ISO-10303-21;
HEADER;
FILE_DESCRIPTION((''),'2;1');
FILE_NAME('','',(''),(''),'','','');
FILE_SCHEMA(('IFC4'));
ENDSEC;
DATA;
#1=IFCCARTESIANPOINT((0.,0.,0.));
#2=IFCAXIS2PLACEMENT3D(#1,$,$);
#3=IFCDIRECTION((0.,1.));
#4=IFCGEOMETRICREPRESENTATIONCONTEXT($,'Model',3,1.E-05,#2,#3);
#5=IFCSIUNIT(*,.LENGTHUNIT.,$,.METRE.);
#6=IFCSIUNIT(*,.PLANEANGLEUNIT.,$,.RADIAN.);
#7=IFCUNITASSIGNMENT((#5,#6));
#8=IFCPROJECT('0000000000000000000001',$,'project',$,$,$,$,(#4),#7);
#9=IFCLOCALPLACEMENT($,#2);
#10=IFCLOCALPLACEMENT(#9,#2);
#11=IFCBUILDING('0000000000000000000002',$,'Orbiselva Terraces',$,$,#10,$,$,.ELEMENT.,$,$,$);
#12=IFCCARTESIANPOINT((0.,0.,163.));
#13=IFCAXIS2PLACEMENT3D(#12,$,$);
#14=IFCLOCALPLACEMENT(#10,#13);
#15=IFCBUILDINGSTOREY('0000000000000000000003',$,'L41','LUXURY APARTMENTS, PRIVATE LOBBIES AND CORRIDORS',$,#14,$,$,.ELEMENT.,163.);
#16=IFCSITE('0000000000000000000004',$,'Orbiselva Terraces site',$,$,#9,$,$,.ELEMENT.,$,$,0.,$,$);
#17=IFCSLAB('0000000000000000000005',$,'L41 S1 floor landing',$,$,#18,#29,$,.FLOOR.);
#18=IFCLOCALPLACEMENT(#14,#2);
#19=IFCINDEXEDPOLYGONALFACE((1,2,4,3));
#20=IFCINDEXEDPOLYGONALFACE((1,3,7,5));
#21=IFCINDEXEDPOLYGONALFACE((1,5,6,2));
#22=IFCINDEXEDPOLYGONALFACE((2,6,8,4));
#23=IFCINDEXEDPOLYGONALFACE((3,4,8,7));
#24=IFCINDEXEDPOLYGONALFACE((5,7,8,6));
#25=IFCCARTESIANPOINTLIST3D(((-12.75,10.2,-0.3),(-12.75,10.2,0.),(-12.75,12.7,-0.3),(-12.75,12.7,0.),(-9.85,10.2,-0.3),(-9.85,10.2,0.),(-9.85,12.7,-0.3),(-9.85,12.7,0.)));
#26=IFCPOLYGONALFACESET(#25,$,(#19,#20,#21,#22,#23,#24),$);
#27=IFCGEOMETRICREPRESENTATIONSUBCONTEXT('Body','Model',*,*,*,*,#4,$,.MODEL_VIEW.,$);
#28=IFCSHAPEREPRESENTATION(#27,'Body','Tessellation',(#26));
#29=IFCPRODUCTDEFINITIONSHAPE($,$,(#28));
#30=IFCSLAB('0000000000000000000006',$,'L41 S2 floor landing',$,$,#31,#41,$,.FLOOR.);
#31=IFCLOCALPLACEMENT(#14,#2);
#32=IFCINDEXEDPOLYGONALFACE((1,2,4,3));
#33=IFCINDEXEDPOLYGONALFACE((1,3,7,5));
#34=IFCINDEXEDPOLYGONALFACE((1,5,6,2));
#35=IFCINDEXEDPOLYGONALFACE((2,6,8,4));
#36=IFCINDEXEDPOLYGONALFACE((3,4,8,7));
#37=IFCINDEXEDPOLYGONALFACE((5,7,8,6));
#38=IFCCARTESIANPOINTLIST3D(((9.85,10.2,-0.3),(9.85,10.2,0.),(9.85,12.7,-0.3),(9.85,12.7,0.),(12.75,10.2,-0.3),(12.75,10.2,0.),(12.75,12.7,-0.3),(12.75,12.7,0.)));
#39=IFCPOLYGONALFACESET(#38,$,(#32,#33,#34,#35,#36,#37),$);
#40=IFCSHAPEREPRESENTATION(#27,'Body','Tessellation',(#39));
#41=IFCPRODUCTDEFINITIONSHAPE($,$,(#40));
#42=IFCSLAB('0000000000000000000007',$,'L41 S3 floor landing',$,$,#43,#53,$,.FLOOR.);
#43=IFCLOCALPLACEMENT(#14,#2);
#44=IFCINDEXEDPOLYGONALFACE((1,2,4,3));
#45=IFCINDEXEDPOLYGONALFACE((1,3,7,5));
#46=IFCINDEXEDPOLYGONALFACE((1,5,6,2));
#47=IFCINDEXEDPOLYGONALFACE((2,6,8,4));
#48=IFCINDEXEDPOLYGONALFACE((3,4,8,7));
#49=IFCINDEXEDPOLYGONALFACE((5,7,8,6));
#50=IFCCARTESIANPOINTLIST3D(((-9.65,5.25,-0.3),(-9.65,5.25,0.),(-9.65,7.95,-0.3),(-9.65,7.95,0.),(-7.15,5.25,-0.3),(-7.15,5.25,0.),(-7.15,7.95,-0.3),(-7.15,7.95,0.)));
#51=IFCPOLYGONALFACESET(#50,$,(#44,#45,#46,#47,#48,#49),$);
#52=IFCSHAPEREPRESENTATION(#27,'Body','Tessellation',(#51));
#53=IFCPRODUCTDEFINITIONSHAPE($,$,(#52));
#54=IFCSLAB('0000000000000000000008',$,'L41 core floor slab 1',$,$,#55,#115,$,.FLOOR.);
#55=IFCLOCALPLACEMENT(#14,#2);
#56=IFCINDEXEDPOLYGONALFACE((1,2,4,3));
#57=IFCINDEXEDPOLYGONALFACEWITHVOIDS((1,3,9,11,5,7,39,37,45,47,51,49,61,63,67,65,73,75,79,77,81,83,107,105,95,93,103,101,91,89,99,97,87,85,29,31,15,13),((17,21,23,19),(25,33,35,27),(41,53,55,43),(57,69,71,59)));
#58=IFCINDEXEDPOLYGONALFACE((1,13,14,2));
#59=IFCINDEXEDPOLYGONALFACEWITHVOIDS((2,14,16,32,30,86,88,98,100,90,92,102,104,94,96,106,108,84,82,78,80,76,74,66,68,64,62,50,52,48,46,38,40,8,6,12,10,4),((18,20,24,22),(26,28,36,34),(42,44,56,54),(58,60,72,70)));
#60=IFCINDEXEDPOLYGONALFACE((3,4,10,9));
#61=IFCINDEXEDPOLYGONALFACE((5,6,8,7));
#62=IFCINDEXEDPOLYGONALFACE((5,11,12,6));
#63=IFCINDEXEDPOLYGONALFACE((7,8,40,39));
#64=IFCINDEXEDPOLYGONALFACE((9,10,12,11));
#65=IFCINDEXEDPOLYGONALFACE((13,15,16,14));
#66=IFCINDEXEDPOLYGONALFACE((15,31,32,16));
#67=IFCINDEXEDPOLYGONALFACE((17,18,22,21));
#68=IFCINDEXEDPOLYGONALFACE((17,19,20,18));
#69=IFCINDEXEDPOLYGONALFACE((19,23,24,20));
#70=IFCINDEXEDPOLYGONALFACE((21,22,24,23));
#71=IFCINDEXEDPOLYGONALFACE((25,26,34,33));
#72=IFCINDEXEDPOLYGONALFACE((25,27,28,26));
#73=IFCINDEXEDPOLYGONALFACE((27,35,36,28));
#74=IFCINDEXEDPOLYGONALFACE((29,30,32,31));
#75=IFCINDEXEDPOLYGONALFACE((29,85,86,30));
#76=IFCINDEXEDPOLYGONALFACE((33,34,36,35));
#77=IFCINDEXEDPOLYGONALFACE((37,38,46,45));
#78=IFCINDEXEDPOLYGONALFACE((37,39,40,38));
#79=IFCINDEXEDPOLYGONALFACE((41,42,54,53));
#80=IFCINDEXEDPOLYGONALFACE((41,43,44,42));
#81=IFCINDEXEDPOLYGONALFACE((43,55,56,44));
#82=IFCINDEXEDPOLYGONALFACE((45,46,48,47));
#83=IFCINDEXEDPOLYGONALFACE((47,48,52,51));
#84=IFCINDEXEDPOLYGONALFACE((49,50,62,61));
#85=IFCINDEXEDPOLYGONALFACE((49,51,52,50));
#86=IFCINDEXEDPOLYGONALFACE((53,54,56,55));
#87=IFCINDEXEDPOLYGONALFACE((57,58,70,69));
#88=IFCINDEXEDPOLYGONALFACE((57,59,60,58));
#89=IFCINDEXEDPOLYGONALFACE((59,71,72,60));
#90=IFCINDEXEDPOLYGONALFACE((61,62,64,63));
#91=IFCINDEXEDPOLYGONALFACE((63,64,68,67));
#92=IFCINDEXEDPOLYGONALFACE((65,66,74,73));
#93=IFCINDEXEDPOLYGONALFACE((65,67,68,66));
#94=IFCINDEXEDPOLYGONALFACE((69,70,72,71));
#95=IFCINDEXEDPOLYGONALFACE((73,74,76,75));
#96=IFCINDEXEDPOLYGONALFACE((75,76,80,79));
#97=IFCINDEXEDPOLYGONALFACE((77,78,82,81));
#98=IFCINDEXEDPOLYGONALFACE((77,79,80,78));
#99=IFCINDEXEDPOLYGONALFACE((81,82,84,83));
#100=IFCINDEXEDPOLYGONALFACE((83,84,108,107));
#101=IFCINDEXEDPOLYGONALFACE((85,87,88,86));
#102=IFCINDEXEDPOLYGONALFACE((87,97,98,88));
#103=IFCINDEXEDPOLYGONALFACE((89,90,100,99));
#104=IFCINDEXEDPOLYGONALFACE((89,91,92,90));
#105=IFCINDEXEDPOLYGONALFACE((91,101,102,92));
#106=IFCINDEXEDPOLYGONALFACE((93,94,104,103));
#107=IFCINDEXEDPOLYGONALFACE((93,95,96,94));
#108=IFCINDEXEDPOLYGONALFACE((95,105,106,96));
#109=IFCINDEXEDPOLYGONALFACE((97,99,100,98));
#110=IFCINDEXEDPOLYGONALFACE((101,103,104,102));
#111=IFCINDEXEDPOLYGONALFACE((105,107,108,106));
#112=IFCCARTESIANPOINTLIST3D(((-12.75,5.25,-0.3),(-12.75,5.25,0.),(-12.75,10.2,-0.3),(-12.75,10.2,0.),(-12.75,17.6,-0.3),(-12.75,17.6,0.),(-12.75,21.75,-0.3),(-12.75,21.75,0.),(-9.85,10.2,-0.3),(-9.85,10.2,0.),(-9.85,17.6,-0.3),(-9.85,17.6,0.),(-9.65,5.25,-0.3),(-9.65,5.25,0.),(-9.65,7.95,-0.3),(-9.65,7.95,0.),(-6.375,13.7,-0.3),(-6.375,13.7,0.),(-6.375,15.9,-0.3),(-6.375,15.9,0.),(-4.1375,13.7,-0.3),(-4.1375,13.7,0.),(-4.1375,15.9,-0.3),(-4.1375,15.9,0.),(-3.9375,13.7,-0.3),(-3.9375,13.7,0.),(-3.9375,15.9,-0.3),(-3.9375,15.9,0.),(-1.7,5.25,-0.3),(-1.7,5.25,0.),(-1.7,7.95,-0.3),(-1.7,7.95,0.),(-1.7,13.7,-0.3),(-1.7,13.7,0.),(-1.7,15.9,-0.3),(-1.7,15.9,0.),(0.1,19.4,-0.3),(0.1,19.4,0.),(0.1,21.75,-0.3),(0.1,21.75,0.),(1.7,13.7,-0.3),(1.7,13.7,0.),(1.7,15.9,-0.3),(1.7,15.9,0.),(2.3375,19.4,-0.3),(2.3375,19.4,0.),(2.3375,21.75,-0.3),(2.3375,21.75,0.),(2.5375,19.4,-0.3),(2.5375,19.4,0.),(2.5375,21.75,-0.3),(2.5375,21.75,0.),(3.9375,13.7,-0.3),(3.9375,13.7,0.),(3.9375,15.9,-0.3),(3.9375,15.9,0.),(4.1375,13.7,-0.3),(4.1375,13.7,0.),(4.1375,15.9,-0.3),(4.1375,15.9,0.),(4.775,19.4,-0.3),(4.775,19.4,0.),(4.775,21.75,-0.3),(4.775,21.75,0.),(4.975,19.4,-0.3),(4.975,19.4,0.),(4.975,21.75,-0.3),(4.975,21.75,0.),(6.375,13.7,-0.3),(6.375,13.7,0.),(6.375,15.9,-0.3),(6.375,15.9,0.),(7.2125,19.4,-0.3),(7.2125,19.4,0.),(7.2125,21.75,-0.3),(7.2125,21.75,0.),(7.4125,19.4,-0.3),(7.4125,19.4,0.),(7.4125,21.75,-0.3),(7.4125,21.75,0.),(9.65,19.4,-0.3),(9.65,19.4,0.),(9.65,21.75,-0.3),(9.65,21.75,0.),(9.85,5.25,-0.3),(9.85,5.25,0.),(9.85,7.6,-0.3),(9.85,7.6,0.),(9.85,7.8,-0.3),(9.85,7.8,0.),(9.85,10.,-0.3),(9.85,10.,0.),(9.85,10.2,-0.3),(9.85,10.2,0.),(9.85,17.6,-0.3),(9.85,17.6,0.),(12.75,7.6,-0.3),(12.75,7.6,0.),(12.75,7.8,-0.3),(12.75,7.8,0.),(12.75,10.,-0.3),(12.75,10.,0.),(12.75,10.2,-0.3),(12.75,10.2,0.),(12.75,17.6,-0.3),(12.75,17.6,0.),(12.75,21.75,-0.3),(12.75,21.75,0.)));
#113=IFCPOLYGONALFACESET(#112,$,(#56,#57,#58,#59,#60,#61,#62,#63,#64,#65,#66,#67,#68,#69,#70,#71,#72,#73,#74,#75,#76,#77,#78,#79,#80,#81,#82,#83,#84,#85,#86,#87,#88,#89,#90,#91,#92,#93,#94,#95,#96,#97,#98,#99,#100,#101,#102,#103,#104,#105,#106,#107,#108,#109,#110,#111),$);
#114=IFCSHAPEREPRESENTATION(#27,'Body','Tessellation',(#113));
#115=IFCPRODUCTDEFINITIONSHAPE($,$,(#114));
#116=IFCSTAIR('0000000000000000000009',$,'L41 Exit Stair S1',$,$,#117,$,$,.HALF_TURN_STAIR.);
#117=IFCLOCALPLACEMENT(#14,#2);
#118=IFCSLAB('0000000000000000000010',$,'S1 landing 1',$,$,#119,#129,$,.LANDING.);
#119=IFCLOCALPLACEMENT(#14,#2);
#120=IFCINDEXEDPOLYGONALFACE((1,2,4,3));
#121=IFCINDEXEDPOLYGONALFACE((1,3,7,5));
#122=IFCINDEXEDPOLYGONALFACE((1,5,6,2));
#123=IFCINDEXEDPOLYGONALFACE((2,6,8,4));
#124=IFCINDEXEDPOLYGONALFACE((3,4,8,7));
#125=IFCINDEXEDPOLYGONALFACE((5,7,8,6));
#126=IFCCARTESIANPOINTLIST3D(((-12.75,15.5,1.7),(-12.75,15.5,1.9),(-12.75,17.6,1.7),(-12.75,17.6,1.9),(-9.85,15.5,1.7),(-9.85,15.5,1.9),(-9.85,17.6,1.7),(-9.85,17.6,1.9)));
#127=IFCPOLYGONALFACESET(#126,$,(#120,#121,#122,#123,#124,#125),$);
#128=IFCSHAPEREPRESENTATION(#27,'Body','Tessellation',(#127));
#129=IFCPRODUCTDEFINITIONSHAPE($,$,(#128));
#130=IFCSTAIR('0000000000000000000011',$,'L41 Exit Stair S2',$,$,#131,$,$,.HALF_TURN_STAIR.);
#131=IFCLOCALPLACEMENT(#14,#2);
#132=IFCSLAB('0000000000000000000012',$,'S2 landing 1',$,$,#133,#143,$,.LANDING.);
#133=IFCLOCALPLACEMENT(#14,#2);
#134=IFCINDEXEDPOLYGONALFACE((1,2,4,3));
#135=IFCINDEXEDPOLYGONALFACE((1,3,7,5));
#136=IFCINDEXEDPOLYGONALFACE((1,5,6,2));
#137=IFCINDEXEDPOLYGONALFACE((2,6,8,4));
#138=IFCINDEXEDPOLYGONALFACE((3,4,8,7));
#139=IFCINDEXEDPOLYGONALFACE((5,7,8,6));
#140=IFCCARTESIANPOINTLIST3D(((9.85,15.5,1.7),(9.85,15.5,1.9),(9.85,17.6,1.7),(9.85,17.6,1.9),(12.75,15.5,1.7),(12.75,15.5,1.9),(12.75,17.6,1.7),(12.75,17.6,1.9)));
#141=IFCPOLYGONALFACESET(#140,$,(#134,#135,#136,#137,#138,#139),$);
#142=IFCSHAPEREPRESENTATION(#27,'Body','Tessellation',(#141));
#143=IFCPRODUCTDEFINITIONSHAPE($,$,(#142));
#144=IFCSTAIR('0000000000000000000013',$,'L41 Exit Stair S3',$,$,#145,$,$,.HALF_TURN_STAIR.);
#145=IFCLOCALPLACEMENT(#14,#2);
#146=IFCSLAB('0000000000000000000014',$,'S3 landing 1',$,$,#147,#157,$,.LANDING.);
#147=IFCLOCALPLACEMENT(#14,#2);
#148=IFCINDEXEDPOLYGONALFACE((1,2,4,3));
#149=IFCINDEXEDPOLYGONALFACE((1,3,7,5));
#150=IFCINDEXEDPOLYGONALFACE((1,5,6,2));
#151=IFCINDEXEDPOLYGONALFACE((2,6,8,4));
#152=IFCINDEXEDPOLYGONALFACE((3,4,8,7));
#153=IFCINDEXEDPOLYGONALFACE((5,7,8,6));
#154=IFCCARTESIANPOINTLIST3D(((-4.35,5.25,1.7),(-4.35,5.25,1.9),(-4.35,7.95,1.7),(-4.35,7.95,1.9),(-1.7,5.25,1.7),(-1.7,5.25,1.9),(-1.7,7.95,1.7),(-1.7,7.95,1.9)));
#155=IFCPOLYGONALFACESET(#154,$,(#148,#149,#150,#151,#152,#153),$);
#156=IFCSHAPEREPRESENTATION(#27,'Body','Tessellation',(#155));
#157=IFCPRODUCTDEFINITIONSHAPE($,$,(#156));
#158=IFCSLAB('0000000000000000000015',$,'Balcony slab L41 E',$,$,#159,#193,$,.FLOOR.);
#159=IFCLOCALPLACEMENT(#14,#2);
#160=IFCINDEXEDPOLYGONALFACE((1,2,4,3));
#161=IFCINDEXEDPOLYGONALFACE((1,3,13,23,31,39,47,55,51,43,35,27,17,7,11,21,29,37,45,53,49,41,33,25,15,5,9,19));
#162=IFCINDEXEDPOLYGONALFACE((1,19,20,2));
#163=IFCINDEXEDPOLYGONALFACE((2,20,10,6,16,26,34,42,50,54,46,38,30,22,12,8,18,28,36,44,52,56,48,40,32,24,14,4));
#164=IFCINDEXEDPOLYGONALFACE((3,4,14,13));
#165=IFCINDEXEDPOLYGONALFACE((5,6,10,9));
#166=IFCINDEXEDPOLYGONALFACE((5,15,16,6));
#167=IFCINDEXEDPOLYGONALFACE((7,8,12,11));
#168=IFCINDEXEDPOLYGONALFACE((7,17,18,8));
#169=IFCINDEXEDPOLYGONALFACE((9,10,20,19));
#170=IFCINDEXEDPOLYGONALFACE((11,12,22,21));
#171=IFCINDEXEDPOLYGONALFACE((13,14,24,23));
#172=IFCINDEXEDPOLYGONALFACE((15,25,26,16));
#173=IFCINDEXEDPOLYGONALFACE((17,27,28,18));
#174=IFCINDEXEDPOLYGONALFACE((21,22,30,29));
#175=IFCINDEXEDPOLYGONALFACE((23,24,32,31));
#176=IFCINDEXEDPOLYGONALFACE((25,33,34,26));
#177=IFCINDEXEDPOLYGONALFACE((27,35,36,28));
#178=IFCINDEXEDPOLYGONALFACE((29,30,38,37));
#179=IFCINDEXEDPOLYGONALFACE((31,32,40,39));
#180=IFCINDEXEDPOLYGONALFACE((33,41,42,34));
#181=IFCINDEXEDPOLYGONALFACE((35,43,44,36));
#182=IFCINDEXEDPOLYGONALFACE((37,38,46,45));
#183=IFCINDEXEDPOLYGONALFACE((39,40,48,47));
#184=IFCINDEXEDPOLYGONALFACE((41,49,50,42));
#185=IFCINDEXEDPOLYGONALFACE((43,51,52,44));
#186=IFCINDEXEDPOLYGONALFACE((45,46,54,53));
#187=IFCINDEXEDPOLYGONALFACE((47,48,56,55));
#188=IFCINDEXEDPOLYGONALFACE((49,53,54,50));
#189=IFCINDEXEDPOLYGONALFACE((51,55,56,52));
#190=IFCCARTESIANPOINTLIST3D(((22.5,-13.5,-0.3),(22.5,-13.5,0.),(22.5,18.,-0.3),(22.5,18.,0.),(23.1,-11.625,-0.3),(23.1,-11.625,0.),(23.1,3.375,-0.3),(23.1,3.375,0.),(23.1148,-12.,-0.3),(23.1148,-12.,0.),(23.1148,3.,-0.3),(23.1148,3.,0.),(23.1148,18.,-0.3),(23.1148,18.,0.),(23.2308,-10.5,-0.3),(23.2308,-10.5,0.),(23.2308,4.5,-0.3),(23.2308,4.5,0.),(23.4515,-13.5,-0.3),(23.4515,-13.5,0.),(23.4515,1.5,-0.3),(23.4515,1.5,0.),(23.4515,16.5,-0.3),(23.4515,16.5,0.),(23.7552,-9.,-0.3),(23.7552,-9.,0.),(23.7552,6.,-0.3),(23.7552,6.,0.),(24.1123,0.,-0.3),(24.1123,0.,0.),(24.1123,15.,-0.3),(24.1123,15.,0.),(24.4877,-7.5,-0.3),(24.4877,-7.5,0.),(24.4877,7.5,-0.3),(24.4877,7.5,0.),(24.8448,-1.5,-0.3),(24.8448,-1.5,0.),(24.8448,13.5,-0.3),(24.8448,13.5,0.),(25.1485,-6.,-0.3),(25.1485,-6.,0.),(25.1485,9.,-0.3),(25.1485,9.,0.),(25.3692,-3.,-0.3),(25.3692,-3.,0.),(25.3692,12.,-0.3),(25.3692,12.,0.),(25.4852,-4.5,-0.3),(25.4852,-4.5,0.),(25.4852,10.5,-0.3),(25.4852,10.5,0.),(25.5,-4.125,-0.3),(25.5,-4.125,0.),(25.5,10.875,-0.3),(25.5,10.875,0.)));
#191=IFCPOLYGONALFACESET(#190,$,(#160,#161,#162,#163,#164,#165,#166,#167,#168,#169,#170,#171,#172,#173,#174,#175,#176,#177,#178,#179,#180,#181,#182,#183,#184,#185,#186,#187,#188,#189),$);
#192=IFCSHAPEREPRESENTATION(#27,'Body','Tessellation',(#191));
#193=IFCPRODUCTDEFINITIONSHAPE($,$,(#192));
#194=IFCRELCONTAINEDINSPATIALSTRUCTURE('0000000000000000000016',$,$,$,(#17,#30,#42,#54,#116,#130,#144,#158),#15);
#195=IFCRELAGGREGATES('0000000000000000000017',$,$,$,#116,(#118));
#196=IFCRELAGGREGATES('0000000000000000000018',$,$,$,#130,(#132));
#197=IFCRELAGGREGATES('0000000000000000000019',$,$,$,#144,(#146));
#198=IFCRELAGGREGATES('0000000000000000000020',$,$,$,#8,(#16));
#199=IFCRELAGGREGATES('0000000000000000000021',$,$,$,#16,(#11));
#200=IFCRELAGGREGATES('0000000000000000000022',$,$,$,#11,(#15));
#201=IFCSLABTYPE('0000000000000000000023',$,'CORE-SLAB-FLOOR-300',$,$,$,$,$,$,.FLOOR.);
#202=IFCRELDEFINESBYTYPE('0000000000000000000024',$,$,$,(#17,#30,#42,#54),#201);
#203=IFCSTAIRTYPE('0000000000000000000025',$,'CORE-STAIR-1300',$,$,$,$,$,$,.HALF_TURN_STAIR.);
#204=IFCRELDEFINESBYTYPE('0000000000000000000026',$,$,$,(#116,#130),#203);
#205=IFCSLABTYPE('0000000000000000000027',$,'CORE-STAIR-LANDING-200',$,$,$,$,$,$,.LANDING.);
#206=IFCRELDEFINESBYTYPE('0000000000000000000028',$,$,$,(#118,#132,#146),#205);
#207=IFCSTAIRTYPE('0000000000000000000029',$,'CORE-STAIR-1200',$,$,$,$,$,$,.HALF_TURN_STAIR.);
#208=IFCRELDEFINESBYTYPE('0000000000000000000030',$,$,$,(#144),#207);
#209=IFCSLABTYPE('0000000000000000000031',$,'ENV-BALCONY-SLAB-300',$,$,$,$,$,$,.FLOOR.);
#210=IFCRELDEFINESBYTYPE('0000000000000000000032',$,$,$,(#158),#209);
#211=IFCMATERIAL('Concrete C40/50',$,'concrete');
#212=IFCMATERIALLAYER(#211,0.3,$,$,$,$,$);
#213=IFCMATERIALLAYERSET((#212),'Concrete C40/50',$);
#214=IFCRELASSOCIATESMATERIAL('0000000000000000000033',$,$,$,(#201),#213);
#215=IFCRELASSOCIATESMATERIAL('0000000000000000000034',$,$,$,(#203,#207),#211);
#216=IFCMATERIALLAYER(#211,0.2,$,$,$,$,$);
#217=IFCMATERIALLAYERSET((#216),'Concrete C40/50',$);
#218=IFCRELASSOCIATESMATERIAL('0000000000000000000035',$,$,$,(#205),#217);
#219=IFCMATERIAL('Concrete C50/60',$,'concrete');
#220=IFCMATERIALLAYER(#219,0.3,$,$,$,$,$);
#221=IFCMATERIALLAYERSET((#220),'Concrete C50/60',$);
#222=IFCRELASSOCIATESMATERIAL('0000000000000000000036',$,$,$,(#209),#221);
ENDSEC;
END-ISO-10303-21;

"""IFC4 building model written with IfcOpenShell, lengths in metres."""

from ifc_helpers import new_model, si_unit, direction, frame, origin, place, context, subcontext, project, spatial, polyline, outline, extrude, material, layer, layer_set, type_object, element, aggregate, save


model = new_model("IFC4")

# Units and contexts
model_context = context("Model", 3, precision=1e-05, world=origin(), true_north=direction((0.0, 1.0)))
body_context = subcontext(model_context, "Body", "Model", "MODEL_VIEW")
ifc_project = project(units=[si_unit("LENGTHUNIT", "METRE"), si_unit("PLANEANGLEUNIT", "RADIAN")], contexts=[model_context])

# Site, building, storey
site_placement = place(None, origin())
site = spatial("IfcSite", under=ifc_project, at=site_placement, Name="Orbiselva Terraces site", CompositionType="ELEMENT", RefElevation=0.0)
building_placement = place(site_placement, origin())
building = spatial("IfcBuilding", under=site, at=building_placement, Name="Orbiselva Terraces", CompositionType="ELEMENT")
storey_placement = place(building_placement, frame((0.0, 0.0, 163.0)))
storey = spatial("IfcBuildingStorey", under=building, at=storey_placement, Name="L41", Description="LUXURY APARTMENTS, PRIVATE LOBBIES AND CORRIDORS", CompositionType="ELEMENT", Elevation=163.0)

# Slabs
ifc_material_1 = material(Name="Concrete C40/50", Category="concrete")
ifc_layer_1 = layer(ifc_material_1, 0.3)
ifc_layer_set_1 = layer_set([ifc_layer_1], Name="Concrete C40/50")
slab_type_1 = type_object("IfcSlabType", Name="CORE-SLAB-FLOOR-300", PredefinedType="FLOOR", material=ifc_layer_set_1)
slab_1_placement = place(storey_placement, frame((0.0, 0.0, -0.3)))
element("IfcSlab", 1, at=slab_1_placement, inside=storey, type_object=slab_type_1, Name="L41 S1 floor landing", PredefinedType="FLOOR", context=body_context, shape_type="SweptSolid", body=[
    extrude(outline(polyline([(-12.75, 12.7), (-9.85, 12.7), (-9.85, 10.2), (-12.75, 10.2), (-12.75, 12.7)])), origin(), (0.0, 0.0, 1.0), 0.3),
])
slab_2_placement = place(storey_placement, frame((0.0, 0.0, -0.3)))
element("IfcSlab", 2, at=slab_2_placement, inside=storey, type_object=slab_type_1, Name="L41 S2 floor landing", PredefinedType="FLOOR", context=body_context, shape_type="SweptSolid", body=[
    extrude(outline(polyline([(12.75, 12.7), (12.75, 10.2), (9.85, 10.2), (9.85, 12.7), (12.75, 12.7)])), origin(), (0.0, 0.0, 1.0), 0.3),
])
slab_3_placement = place(storey_placement, frame((0.0, 0.0, -0.3)))
element("IfcSlab", 3, at=slab_3_placement, inside=storey, type_object=slab_type_1, Name="L41 S3 floor landing", PredefinedType="FLOOR", context=body_context, shape_type="SweptSolid", body=[
    extrude(outline(polyline([(-7.15, 5.25), (-9.65, 5.25), (-9.65, 7.95), (-7.15, 7.95), (-7.15, 5.25)])), origin(), (0.0, 0.0, 1.0), 0.3),
])
slab_4_placement = place(storey_placement, frame((0.0, 0.0, -0.3)))
element("IfcSlab", 4, at=slab_4_placement, inside=storey, type_object=slab_type_1, Name="L41 core floor slab 1", PredefinedType="FLOOR", context=body_context, shape_type="SweptSolid", body=[
    extrude(outline(polyline([(-1.7, 5.25), (-1.7, 7.95), (-9.65, 7.95), (-9.65, 5.25), (-12.75, 5.25), (-12.75, 10.2), (-9.85, 10.2), (-9.85, 17.6), (-12.75, 17.6), (-12.75, 21.75), (0.1, 21.75), (0.1, 19.4), (2.3375, 19.4), (2.3375, 21.75), (2.5375, 21.75), (2.5375, 19.4), (4.775, 19.4), (4.775, 21.75), (4.975, 21.75), (4.975, 19.4), (7.2125, 19.4), (7.2125, 21.75), (7.4125, 21.75), (7.4125, 19.4), (9.65, 19.4), (9.65, 21.75), (12.75, 21.75), (12.75, 17.6), (9.85, 17.6), (9.85, 10.2), (12.75, 10.2), (12.75, 10.0), (9.85, 10.0), (9.85, 7.8), (12.75, 7.8), (12.75, 7.6), (9.85, 7.6), (9.85, 5.25), (-1.7, 5.25)]), holes=[polyline([(-4.1375, 13.7), (-4.1375, 15.9), (-6.375, 15.9), (-6.375, 13.7), (-4.1375, 13.7)]), polyline([(-1.7, 13.7), (-1.7, 15.9), (-3.9375, 15.9), (-3.9375, 13.7), (-1.7, 13.7)]), polyline([(3.9375, 15.9), (1.7, 15.9), (1.7, 13.7), (3.9375, 13.7), (3.9375, 15.9)]), polyline([(6.375, 13.7), (6.375, 15.9), (4.1375, 15.9), (4.1375, 13.7), (6.375, 13.7)])]), origin(), (0.0, 0.0, 1.0), 0.3),
])

# Stairs, slabs
stair_type_1 = type_object("IfcStairType", Name="CORE-STAIR-1300", PredefinedType="HALF_TURN_STAIR", material=ifc_material_1)
stair_1_placement = place(storey_placement, origin())
stair_1 = element("IfcStair", 5, at=stair_1_placement, inside=storey, type_object=stair_type_1, Name="L41 Exit Stair S1", PredefinedType="HALF_TURN_STAIR")
ifc_layer_2 = layer(ifc_material_1, 0.2)
ifc_layer_set_2 = layer_set([ifc_layer_2], Name="Concrete C40/50")
slab_type_2 = type_object("IfcSlabType", Name="CORE-STAIR-LANDING-200", PredefinedType="LANDING", material=ifc_layer_set_2)
slab_5_placement = place(storey_placement, frame((0.0, 0.0, 1.7)))
slab_5 = element("IfcSlab", 6, at=slab_5_placement, type_object=slab_type_2, Name="S1 landing 1", PredefinedType="LANDING", context=body_context, shape_type="SweptSolid", body=[
    extrude(outline(polyline([(-9.85, 15.5), (-9.85, 17.6), (-12.75, 17.6), (-12.75, 15.5), (-9.85, 15.5)])), origin(), (0.0, 0.0, 1.0), 0.2),
])
aggregate(stair_1, [slab_5])
stair_2_placement = place(storey_placement, origin())
stair_2 = element("IfcStair", 7, at=stair_2_placement, inside=storey, type_object=stair_type_1, Name="L41 Exit Stair S2", PredefinedType="HALF_TURN_STAIR")
slab_6_placement = place(storey_placement, frame((0.0, 0.0, 1.7)))
slab_6 = element("IfcSlab", 8, at=slab_6_placement, type_object=slab_type_2, Name="S2 landing 1", PredefinedType="LANDING", context=body_context, shape_type="SweptSolid", body=[
    extrude(outline(polyline([(12.75, 15.5), (12.75, 17.6), (9.85, 17.6), (9.85, 15.5), (12.75, 15.5)])), origin(), (0.0, 0.0, 1.0), 0.2),
])
aggregate(stair_2, [slab_6])
stair_type_2 = type_object("IfcStairType", Name="CORE-STAIR-1200", PredefinedType="HALF_TURN_STAIR", material=ifc_material_1)
stair_3_placement = place(storey_placement, origin())
stair_3 = element("IfcStair", 9, at=stair_3_placement, inside=storey, type_object=stair_type_2, Name="L41 Exit Stair S3", PredefinedType="HALF_TURN_STAIR")
slab_7_placement = place(storey_placement, frame((0.0, 0.0, 1.7)))
slab_7 = element("IfcSlab", 10, at=slab_7_placement, type_object=slab_type_2, Name="S3 landing 1", PredefinedType="LANDING", context=body_context, shape_type="SweptSolid", body=[
    extrude(outline(polyline([(-4.35, 5.25), (-1.7, 5.25), (-1.7, 7.95), (-4.35, 7.95), (-4.35, 5.25)])), origin(), (0.0, 0.0, 1.0), 0.2),
])
aggregate(stair_3, [slab_7])

# Slab
ifc_material_2 = material(Name="Concrete C50/60", Category="concrete")
ifc_layer_3 = layer(ifc_material_2, 0.3)
ifc_layer_set_3 = layer_set([ifc_layer_3], Name="Concrete C50/60")
slab_type_3 = type_object("IfcSlabType", Name="ENV-BALCONY-SLAB-300", PredefinedType="FLOOR", material=ifc_layer_set_3)
slab_8_placement = place(storey_placement, frame((0.0, 0.0, -0.3)))
element("IfcSlab", 11, at=slab_8_placement, inside=storey, type_object=slab_type_3, Name="Balcony slab L41 E", PredefinedType="FLOOR", context=body_context, shape_type="SweptSolid", body=[
    extrude(outline(polyline([(23.4515, -13.5), (23.1148, -12.0), (23.1, -11.625), (23.2308, -10.5), (23.7552, -9.0), (24.4877, -7.5), (25.1485, -6.0), (25.4852, -4.5), (25.5, -4.125), (25.3692, -3.0), (24.8448, -1.5), (24.1123, 0.0), (23.4515, 1.5), (23.1148, 3.0), (23.1, 3.375), (23.2308, 4.5), (23.7552, 6.0), (24.4877, 7.5), (25.1485, 9.0), (25.4852, 10.5), (25.5, 10.875), (25.3692, 12.0), (24.8448, 13.5), (24.1123, 15.0), (23.4515, 16.5), (23.1148, 18.0), (22.5, 18.0), (22.5, -13.5), (23.4515, -13.5)])), origin(), (0.0, 0.0, 1.0), 0.3),
])

save(model, "model.ifc")
